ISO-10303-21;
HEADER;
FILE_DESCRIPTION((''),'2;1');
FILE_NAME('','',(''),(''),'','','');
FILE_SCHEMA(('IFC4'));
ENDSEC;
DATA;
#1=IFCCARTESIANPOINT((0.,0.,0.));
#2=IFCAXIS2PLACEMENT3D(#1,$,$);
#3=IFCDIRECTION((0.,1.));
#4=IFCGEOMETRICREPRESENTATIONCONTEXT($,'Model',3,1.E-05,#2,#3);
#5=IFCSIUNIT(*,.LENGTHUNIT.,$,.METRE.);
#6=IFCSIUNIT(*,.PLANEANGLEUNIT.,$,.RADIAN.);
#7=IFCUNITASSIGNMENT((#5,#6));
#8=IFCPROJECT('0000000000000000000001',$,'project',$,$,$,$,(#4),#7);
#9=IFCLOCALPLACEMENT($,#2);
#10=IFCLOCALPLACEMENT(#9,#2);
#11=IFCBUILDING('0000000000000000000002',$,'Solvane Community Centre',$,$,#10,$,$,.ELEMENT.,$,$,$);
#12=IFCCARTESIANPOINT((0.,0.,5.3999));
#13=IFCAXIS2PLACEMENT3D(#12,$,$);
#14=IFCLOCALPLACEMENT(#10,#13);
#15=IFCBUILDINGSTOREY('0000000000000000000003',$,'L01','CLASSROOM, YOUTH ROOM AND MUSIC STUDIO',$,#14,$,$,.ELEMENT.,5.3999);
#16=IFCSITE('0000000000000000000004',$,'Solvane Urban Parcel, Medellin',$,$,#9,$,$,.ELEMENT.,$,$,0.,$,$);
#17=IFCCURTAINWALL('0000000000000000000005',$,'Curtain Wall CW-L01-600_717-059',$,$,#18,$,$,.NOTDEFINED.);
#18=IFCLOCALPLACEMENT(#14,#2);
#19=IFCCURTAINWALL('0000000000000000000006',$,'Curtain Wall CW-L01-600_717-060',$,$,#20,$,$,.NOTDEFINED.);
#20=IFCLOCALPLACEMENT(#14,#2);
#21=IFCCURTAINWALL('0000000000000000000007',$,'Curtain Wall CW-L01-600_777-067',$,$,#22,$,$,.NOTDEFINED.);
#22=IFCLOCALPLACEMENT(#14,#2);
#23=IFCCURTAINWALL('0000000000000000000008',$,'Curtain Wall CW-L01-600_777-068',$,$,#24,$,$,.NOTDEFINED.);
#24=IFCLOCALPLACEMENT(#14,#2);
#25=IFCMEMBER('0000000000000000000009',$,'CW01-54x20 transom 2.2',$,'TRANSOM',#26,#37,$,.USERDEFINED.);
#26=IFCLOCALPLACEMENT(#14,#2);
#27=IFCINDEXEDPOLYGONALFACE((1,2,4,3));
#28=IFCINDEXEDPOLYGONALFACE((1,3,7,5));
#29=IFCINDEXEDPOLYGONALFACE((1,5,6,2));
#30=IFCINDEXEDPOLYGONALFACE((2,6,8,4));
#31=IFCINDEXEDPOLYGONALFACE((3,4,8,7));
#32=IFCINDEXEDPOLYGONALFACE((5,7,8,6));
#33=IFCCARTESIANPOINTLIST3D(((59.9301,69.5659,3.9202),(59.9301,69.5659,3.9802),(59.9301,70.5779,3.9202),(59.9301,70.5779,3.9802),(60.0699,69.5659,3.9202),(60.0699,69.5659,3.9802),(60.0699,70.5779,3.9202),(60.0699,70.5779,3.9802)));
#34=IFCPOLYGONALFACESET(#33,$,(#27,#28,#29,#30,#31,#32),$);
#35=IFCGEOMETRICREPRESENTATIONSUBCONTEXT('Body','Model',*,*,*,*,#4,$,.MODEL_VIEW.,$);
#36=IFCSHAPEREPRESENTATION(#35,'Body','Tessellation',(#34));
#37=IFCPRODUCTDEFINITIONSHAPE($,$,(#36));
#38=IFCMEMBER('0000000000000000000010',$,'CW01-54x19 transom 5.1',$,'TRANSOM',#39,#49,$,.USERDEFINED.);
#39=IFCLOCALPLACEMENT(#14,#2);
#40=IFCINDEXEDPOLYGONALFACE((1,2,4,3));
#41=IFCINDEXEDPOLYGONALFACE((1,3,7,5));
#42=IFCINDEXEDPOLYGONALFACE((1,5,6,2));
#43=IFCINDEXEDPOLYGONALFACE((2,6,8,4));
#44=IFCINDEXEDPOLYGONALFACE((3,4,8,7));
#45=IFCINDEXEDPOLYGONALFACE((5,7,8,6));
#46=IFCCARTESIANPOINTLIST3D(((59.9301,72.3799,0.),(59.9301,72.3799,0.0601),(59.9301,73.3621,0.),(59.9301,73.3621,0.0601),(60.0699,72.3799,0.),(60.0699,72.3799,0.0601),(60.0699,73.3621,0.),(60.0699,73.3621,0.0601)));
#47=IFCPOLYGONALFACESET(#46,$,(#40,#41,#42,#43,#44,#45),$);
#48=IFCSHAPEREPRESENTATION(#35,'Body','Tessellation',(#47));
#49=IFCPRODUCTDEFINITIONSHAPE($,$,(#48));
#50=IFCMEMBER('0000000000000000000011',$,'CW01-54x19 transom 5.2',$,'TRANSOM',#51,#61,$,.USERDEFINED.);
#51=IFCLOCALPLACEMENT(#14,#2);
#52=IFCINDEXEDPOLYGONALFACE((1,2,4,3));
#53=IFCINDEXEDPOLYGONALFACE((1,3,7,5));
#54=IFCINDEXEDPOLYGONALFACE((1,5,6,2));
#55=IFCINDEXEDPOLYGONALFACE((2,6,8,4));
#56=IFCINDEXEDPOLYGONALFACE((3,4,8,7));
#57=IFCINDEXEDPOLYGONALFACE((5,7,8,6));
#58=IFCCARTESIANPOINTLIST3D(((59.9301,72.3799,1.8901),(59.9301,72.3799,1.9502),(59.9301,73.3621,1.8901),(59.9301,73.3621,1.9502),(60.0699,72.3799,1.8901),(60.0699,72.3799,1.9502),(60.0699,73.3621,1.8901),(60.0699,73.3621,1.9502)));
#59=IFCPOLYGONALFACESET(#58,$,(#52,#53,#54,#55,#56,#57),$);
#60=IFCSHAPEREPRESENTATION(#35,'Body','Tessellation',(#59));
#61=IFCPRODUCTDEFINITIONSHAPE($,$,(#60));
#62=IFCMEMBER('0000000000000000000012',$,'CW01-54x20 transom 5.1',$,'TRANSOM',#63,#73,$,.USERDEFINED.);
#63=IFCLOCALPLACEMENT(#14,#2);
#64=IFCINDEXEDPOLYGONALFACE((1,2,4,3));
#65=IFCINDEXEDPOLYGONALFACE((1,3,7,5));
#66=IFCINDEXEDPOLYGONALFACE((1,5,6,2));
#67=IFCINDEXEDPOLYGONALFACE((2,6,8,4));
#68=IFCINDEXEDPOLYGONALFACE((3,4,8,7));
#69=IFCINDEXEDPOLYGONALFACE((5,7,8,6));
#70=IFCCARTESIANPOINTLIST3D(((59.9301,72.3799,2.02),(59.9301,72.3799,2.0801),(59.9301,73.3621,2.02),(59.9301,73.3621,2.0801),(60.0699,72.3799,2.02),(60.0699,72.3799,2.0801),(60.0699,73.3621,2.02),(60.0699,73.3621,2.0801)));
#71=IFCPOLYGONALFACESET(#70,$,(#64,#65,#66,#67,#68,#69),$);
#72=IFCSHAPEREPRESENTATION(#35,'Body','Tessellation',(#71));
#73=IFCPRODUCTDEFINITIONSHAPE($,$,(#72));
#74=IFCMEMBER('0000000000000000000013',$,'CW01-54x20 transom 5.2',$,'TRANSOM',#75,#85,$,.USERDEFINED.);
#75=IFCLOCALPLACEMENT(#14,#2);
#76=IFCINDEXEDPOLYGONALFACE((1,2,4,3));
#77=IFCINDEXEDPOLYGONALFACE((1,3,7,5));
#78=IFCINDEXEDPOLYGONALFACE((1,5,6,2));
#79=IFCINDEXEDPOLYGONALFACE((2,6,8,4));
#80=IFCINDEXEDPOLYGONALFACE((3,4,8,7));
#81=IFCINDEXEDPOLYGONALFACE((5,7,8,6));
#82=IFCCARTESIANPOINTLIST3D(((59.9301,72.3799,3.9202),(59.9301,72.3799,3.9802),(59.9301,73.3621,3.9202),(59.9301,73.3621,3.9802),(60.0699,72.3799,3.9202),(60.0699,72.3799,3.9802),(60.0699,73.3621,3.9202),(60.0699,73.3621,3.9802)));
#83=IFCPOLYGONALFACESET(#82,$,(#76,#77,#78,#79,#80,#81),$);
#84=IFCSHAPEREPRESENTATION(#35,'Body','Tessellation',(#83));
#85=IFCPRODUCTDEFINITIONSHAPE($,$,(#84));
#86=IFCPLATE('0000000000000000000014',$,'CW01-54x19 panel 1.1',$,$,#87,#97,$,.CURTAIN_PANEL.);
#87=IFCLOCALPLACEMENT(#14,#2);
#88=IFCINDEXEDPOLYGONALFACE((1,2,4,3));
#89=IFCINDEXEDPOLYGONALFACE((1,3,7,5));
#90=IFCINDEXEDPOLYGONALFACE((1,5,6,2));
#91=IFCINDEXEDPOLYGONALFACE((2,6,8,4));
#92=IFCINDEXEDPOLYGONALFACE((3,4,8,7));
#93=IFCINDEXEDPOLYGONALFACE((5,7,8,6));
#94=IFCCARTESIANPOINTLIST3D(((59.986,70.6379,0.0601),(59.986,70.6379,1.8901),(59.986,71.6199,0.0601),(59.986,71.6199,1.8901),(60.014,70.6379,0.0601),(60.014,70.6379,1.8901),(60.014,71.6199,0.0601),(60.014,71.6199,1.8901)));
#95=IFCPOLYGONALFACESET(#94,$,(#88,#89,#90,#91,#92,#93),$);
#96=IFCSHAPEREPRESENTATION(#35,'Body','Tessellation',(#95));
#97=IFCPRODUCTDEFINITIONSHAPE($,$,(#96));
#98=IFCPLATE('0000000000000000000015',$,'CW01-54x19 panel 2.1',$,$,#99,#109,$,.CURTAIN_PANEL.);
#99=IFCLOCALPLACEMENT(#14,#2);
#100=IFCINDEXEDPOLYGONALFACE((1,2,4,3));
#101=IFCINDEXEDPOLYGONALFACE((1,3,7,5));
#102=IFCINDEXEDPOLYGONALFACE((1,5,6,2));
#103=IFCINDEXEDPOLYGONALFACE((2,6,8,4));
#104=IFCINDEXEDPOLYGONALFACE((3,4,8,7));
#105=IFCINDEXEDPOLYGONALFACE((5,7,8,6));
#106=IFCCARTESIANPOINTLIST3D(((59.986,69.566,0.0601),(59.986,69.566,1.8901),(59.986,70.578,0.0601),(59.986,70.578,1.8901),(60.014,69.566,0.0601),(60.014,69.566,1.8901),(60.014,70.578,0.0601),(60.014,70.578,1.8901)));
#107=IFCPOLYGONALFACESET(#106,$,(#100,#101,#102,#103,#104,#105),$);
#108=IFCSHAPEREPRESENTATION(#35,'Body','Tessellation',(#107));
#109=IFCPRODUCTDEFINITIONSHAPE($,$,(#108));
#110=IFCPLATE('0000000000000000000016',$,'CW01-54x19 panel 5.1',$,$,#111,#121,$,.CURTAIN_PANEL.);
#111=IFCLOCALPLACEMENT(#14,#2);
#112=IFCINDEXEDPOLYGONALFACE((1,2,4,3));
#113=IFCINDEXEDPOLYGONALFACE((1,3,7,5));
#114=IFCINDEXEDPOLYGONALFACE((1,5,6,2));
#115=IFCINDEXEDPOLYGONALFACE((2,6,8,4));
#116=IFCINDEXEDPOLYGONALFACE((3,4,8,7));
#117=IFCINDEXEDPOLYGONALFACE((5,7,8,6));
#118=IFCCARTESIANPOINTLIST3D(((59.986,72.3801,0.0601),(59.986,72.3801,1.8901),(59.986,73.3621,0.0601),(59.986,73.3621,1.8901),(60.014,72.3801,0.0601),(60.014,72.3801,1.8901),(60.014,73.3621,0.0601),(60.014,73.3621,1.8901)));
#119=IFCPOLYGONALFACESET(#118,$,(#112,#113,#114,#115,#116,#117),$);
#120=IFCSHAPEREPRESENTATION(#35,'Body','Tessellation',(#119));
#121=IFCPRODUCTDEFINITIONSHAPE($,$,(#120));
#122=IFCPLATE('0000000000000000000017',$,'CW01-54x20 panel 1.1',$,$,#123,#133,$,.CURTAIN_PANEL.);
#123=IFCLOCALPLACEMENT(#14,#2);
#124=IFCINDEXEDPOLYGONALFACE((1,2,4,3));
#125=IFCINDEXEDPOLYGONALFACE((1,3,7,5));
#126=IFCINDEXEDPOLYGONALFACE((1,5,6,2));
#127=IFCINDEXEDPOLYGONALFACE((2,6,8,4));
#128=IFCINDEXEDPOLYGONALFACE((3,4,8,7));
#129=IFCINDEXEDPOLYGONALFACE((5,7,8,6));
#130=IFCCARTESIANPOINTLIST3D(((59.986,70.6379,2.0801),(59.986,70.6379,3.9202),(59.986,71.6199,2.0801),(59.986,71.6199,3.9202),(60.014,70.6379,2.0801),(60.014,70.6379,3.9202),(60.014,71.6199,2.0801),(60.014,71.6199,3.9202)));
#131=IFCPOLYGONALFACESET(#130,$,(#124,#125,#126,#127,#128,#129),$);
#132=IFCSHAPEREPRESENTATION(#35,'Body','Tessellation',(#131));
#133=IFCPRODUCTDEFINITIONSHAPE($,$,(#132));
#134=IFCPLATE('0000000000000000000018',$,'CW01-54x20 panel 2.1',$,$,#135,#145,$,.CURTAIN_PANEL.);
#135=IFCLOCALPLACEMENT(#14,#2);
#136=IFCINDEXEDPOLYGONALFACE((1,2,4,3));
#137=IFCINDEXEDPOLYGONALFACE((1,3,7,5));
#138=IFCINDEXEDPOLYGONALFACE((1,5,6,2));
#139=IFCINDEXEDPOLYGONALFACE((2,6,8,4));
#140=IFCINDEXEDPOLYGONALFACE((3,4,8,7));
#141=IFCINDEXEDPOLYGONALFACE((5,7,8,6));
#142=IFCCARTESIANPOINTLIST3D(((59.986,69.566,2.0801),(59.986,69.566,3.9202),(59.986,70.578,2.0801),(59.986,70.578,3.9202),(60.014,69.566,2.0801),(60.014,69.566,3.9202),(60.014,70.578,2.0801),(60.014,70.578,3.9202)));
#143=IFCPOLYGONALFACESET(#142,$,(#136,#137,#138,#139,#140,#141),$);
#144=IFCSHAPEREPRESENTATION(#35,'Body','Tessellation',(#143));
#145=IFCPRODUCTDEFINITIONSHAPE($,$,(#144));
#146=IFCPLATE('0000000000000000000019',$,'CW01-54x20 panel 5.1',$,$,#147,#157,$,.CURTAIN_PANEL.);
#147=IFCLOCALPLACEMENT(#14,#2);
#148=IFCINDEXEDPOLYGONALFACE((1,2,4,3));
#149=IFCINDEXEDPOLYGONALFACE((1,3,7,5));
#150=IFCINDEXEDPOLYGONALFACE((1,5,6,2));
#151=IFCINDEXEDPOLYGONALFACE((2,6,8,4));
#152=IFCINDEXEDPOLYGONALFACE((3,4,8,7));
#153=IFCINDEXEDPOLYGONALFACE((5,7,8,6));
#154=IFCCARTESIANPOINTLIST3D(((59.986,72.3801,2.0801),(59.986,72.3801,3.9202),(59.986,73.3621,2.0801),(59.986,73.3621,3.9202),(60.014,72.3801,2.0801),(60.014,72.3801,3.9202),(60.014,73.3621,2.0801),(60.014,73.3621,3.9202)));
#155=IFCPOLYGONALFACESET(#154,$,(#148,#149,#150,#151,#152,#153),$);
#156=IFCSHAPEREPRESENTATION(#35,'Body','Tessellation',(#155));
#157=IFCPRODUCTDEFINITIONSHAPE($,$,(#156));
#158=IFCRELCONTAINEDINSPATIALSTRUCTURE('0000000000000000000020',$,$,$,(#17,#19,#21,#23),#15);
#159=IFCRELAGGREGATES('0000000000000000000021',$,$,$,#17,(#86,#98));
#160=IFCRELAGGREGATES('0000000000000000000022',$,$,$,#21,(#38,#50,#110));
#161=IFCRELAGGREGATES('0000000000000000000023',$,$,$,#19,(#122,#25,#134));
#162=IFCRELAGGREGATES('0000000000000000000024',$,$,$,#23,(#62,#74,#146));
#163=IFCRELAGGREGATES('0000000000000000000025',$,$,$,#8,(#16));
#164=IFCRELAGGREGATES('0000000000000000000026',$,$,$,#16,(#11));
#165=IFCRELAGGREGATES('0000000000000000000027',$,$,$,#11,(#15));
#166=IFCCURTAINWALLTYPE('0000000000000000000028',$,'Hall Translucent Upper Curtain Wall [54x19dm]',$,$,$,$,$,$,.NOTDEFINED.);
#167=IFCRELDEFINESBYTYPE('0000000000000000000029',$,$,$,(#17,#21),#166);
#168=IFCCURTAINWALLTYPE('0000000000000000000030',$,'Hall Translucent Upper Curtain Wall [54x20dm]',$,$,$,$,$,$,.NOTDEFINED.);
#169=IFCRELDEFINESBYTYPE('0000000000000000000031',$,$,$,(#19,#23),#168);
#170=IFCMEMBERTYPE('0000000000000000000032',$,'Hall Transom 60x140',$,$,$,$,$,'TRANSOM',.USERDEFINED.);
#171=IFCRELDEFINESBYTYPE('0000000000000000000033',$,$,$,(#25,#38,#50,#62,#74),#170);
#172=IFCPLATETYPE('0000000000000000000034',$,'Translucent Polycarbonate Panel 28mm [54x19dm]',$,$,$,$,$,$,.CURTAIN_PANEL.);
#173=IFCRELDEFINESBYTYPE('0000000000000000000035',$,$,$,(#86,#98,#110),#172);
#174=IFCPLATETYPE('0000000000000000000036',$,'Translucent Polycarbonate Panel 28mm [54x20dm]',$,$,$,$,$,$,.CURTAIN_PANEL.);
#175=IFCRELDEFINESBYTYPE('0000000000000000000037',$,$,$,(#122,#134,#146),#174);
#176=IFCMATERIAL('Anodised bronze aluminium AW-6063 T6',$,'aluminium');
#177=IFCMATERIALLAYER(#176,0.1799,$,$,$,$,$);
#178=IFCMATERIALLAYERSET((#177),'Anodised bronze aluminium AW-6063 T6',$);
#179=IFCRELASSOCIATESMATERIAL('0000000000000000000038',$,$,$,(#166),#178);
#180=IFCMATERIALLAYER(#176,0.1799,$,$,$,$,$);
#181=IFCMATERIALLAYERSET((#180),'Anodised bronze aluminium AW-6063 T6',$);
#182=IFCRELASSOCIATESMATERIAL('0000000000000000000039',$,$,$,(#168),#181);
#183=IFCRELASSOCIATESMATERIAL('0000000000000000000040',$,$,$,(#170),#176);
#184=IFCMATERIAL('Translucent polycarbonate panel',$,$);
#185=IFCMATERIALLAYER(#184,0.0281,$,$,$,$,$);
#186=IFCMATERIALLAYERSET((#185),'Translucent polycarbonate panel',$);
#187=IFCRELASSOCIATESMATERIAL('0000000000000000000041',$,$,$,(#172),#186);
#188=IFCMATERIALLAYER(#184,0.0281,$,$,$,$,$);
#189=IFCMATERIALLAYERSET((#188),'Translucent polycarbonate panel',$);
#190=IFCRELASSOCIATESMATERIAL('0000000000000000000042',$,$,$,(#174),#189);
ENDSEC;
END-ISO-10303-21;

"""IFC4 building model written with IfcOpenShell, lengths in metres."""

from ifc_helpers import new_model, si_unit, direction, frame, origin, origin_2d, place, context, subcontext, project, spatial, rectangle, extrude, material, layer, layer_set, material_profile, profile_set, type_object, element, aggregate, save


model = new_model("IFC4")

# Units and contexts
model_context = context("Model", 3, precision=1e-05, world=origin(), true_north=direction((0.0, 1.0)))
body_context = subcontext(model_context, "Body", "Model", "MODEL_VIEW")
ifc_project = project(units=[si_unit("LENGTHUNIT", "METRE"), si_unit("PLANEANGLEUNIT", "RADIAN")], contexts=[model_context])

# Site, building, storey
site_placement = place(None, origin())
site = spatial("IfcSite", under=ifc_project, at=site_placement, Name="Solvane Urban Parcel, Medellin", CompositionType="ELEMENT", RefElevation=0.0)
building_placement = place(site_placement, origin())
building = spatial("IfcBuilding", under=site, at=building_placement, Name="Solvane Community Centre", CompositionType="ELEMENT")
storey_placement = place(building_placement, frame((0.0, 0.0, 5.3999)))
storey = spatial("IfcBuildingStorey", under=building, at=storey_placement, Name="L01", Description="CLASSROOM, YOUTH ROOM AND MUSIC STUDIO", CompositionType="ELEMENT", Elevation=5.3999)

# Curtain walls
ifc_material_1 = material(Name="Anodised bronze aluminium AW-6063 T6", Category="aluminium")
ifc_layer_1 = layer(ifc_material_1, 0.1799)
ifc_layer_set_1 = layer_set([ifc_layer_1], Name="Anodised bronze aluminium AW-6063 T6")
curtain_wall_type_1 = type_object("IfcCurtainWallType", Name="Hall Translucent Upper Curtain Wall [54x19dm]", PredefinedType="NOTDEFINED", material=ifc_layer_set_1)
curtain_wall_1_placement = place(storey_placement, origin())
curtain_wall_1 = element("IfcCurtainWall", 1, at=curtain_wall_1_placement, inside=storey, type_object=curtain_wall_type_1, Name="Curtain Wall CW-L01-600_717-059", PredefinedType="NOTDEFINED")
ifc_layer_2 = layer(ifc_material_1, 0.1799)
ifc_layer_set_2 = layer_set([ifc_layer_2], Name="Anodised bronze aluminium AW-6063 T6")
curtain_wall_type_2 = type_object("IfcCurtainWallType", Name="Hall Translucent Upper Curtain Wall [54x20dm]", PredefinedType="NOTDEFINED", material=ifc_layer_set_2)
curtain_wall_2_placement = place(storey_placement, origin())
curtain_wall_2 = element("IfcCurtainWall", 2, at=curtain_wall_2_placement, inside=storey, type_object=curtain_wall_type_2, Name="Curtain Wall CW-L01-600_717-060", PredefinedType="NOTDEFINED")

# Curtain walls
curtain_wall_3_placement = place(storey_placement, origin())
curtain_wall_3 = element("IfcCurtainWall", 3, at=curtain_wall_3_placement, inside=storey, type_object=curtain_wall_type_1, Name="Curtain Wall CW-L01-600_777-067", PredefinedType="NOTDEFINED")
curtain_wall_4_placement = place(storey_placement, origin())
curtain_wall_4 = element("IfcCurtainWall", 4, at=curtain_wall_4_placement, inside=storey, type_object=curtain_wall_type_2, Name="Curtain Wall CW-L01-600_777-068", PredefinedType="NOTDEFINED")

# Members
ifc_material_profile_1 = material_profile(ifc_material_1, rectangle(XDim=0.1399, YDim=0.0601, at=origin_2d()), Name="CW-T 60x140")
ifc_profile_set_1 = profile_set([ifc_material_profile_1], Name="Anodised bronze aluminium AW-6063 T6")
member_type_1 = type_object("IfcMemberType", Name="Hall Transom 60x140", ElementType="TRANSOM", PredefinedType="USERDEFINED", material=ifc_profile_set_1)
member_1_placement = place(storey_placement, frame((60.0, 70.5779, 3.9502), z_axis=(0.0, -1.0, 0.0), x_axis=(1.0, 0.0, 0.0)))
member_1 = element("IfcMember", 5, at=member_1_placement, type_object=member_type_1, Name="CW01-54x20 transom 2.2", ObjectType="TRANSOM", PredefinedType="USERDEFINED", context=body_context, shape_type="SweptSolid", body=[
    extrude(rectangle(XDim=0.1399, YDim=0.0601, at=origin_2d()), origin(), (0.0, 0.0, 1.0), 1.012),
])
member_2_placement = place(storey_placement, frame((60.0, 73.3621, 0.03), z_axis=(0.0, -1.0, 0.0), x_axis=(1.0, 0.0, 0.0)))
member_2 = element("IfcMember", 6, at=member_2_placement, type_object=member_type_1, Name="CW01-54x19 transom 5.1", ObjectType="TRANSOM", PredefinedType="USERDEFINED", context=body_context, shape_type="SweptSolid", body=[
    extrude(rectangle(XDim=0.1399, YDim=0.0601, at=origin_2d()), origin(), (0.0, 0.0, 1.0), 0.9822),
])
member_3_placement = place(storey_placement, frame((60.0, 73.3621, 1.9202), z_axis=(0.0, -1.0, 0.0), x_axis=(1.0, 0.0, 0.0)))
member_3 = element("IfcMember", 7, at=member_3_placement, type_object=member_type_1, Name="CW01-54x19 transom 5.2", ObjectType="TRANSOM", PredefinedType="USERDEFINED", context=body_context, shape_type="SweptSolid", body=[
    extrude(rectangle(XDim=0.1399, YDim=0.0601, at=origin_2d()), origin(), (0.0, 0.0, 1.0), 0.9822),
])
member_4_placement = place(storey_placement, frame((60.0, 73.3621, 2.05), z_axis=(0.0, -1.0, 0.0), x_axis=(1.0, 0.0, 0.0)))
member_4 = element("IfcMember", 8, at=member_4_placement, type_object=member_type_1, Name="CW01-54x20 transom 5.1", ObjectType="TRANSOM", PredefinedType="USERDEFINED", context=body_context, shape_type="SweptSolid", body=[
    extrude(rectangle(XDim=0.1399, YDim=0.0601, at=origin_2d()), origin(), (0.0, 0.0, 1.0), 0.9822),
])
member_5_placement = place(storey_placement, frame((60.0, 73.3621, 3.9502), z_axis=(0.0, -1.0, 0.0), x_axis=(1.0, 0.0, 0.0)))
member_5 = element("IfcMember", 9, at=member_5_placement, type_object=member_type_1, Name="CW01-54x20 transom 5.2", ObjectType="TRANSOM", PredefinedType="USERDEFINED", context=body_context, shape_type="SweptSolid", body=[
    extrude(rectangle(XDim=0.1399, YDim=0.0601, at=origin_2d()), origin(), (0.0, 0.0, 1.0), 0.9822),
])

# Plates
ifc_material_2 = material(Name="Translucent polycarbonate panel")
ifc_layer_3 = layer(ifc_material_2, 0.0281)
ifc_layer_set_3 = layer_set([ifc_layer_3], Name="Translucent polycarbonate panel")
plate_type_1 = type_object("IfcPlateType", Name="Translucent Polycarbonate Panel 28mm [54x19dm]", PredefinedType="CURTAIN_PANEL", material=ifc_layer_set_3)
plate_1_placement = place(storey_placement, frame((60.0, 71.1289, 0.0601), z_axis=(0.0, 0.0, 1.0), x_axis=(0.0, -1.0, 0.0)))
plate_1 = element("IfcPlate", 10, at=plate_1_placement, type_object=plate_type_1, Name="CW01-54x19 panel 1.1", PredefinedType="CURTAIN_PANEL", context=body_context, shape_type="SweptSolid", body=[
    extrude(rectangle(XDim=0.9819, YDim=0.0281, at=origin_2d()), origin(), (0.0, 0.0, 1.0), 1.8301),
])
plate_2_placement = place(storey_placement, frame((60.0, 70.072, 0.0601), z_axis=(0.0, 0.0, 1.0), x_axis=(0.0, -1.0, 0.0)))
plate_2 = element("IfcPlate", 11, at=plate_2_placement, type_object=plate_type_1, Name="CW01-54x19 panel 2.1", PredefinedType="CURTAIN_PANEL", context=body_context, shape_type="SweptSolid", body=[
    extrude(rectangle(XDim=1.012, YDim=0.0281, at=origin_2d()), origin(), (0.0, 0.0, 1.0), 1.8301),
])
aggregate(curtain_wall_1, [plate_1, plate_2])
plate_3_placement = place(storey_placement, frame((60.0, 72.8711, 0.0601), z_axis=(0.0, 0.0, 1.0), x_axis=(0.0, -1.0, 0.0)))
plate_3 = element("IfcPlate", 12, at=plate_3_placement, type_object=plate_type_1, Name="CW01-54x19 panel 5.1", PredefinedType="CURTAIN_PANEL", context=body_context, shape_type="SweptSolid", body=[
    extrude(rectangle(XDim=0.9819, YDim=0.0281, at=origin_2d()), origin(), (0.0, 0.0, 1.0), 1.8301),
])
aggregate(curtain_wall_3, [member_2, member_3, plate_3])
ifc_layer_4 = layer(ifc_material_2, 0.0281)
ifc_layer_set_4 = layer_set([ifc_layer_4], Name="Translucent polycarbonate panel")
plate_type_2 = type_object("IfcPlateType", Name="Translucent Polycarbonate Panel 28mm [54x20dm]", PredefinedType="CURTAIN_PANEL", material=ifc_layer_set_4)
plate_4_placement = place(storey_placement, frame((60.0, 71.1289, 2.0801), z_axis=(0.0, 0.0, 1.0), x_axis=(0.0, -1.0, 0.0)))
plate_4 = element("IfcPlate", 13, at=plate_4_placement, type_object=plate_type_2, Name="CW01-54x20 panel 1.1", PredefinedType="CURTAIN_PANEL", context=body_context, shape_type="SweptSolid", body=[
    extrude(rectangle(XDim=0.9819, YDim=0.0281, at=origin_2d()), origin(), (0.0, 0.0, 1.0), 1.8401),
])
plate_5_placement = place(storey_placement, frame((60.0, 70.072, 2.0801), z_axis=(0.0, 0.0, 1.0), x_axis=(0.0, -1.0, 0.0)))
plate_5 = element("IfcPlate", 14, at=plate_5_placement, type_object=plate_type_2, Name="CW01-54x20 panel 2.1", PredefinedType="CURTAIN_PANEL", context=body_context, shape_type="SweptSolid", body=[
    extrude(rectangle(XDim=1.012, YDim=0.0281, at=origin_2d()), origin(), (0.0, 0.0, 1.0), 1.8401),
])
aggregate(curtain_wall_2, [plate_4, member_1, plate_5])
plate_6_placement = place(storey_placement, frame((60.0, 72.8711, 2.0801), z_axis=(0.0, 0.0, 1.0), x_axis=(0.0, -1.0, 0.0)))
plate_6 = element("IfcPlate", 15, at=plate_6_placement, type_object=plate_type_2, Name="CW01-54x20 panel 5.1", PredefinedType="CURTAIN_PANEL", context=body_context, shape_type="SweptSolid", body=[
    extrude(rectangle(XDim=0.9819, YDim=0.0281, at=origin_2d()), origin(), (0.0, 0.0, 1.0), 1.8401),
])
aggregate(curtain_wall_4, [member_4, member_5, plate_6])

save(model, "model.ifc")
